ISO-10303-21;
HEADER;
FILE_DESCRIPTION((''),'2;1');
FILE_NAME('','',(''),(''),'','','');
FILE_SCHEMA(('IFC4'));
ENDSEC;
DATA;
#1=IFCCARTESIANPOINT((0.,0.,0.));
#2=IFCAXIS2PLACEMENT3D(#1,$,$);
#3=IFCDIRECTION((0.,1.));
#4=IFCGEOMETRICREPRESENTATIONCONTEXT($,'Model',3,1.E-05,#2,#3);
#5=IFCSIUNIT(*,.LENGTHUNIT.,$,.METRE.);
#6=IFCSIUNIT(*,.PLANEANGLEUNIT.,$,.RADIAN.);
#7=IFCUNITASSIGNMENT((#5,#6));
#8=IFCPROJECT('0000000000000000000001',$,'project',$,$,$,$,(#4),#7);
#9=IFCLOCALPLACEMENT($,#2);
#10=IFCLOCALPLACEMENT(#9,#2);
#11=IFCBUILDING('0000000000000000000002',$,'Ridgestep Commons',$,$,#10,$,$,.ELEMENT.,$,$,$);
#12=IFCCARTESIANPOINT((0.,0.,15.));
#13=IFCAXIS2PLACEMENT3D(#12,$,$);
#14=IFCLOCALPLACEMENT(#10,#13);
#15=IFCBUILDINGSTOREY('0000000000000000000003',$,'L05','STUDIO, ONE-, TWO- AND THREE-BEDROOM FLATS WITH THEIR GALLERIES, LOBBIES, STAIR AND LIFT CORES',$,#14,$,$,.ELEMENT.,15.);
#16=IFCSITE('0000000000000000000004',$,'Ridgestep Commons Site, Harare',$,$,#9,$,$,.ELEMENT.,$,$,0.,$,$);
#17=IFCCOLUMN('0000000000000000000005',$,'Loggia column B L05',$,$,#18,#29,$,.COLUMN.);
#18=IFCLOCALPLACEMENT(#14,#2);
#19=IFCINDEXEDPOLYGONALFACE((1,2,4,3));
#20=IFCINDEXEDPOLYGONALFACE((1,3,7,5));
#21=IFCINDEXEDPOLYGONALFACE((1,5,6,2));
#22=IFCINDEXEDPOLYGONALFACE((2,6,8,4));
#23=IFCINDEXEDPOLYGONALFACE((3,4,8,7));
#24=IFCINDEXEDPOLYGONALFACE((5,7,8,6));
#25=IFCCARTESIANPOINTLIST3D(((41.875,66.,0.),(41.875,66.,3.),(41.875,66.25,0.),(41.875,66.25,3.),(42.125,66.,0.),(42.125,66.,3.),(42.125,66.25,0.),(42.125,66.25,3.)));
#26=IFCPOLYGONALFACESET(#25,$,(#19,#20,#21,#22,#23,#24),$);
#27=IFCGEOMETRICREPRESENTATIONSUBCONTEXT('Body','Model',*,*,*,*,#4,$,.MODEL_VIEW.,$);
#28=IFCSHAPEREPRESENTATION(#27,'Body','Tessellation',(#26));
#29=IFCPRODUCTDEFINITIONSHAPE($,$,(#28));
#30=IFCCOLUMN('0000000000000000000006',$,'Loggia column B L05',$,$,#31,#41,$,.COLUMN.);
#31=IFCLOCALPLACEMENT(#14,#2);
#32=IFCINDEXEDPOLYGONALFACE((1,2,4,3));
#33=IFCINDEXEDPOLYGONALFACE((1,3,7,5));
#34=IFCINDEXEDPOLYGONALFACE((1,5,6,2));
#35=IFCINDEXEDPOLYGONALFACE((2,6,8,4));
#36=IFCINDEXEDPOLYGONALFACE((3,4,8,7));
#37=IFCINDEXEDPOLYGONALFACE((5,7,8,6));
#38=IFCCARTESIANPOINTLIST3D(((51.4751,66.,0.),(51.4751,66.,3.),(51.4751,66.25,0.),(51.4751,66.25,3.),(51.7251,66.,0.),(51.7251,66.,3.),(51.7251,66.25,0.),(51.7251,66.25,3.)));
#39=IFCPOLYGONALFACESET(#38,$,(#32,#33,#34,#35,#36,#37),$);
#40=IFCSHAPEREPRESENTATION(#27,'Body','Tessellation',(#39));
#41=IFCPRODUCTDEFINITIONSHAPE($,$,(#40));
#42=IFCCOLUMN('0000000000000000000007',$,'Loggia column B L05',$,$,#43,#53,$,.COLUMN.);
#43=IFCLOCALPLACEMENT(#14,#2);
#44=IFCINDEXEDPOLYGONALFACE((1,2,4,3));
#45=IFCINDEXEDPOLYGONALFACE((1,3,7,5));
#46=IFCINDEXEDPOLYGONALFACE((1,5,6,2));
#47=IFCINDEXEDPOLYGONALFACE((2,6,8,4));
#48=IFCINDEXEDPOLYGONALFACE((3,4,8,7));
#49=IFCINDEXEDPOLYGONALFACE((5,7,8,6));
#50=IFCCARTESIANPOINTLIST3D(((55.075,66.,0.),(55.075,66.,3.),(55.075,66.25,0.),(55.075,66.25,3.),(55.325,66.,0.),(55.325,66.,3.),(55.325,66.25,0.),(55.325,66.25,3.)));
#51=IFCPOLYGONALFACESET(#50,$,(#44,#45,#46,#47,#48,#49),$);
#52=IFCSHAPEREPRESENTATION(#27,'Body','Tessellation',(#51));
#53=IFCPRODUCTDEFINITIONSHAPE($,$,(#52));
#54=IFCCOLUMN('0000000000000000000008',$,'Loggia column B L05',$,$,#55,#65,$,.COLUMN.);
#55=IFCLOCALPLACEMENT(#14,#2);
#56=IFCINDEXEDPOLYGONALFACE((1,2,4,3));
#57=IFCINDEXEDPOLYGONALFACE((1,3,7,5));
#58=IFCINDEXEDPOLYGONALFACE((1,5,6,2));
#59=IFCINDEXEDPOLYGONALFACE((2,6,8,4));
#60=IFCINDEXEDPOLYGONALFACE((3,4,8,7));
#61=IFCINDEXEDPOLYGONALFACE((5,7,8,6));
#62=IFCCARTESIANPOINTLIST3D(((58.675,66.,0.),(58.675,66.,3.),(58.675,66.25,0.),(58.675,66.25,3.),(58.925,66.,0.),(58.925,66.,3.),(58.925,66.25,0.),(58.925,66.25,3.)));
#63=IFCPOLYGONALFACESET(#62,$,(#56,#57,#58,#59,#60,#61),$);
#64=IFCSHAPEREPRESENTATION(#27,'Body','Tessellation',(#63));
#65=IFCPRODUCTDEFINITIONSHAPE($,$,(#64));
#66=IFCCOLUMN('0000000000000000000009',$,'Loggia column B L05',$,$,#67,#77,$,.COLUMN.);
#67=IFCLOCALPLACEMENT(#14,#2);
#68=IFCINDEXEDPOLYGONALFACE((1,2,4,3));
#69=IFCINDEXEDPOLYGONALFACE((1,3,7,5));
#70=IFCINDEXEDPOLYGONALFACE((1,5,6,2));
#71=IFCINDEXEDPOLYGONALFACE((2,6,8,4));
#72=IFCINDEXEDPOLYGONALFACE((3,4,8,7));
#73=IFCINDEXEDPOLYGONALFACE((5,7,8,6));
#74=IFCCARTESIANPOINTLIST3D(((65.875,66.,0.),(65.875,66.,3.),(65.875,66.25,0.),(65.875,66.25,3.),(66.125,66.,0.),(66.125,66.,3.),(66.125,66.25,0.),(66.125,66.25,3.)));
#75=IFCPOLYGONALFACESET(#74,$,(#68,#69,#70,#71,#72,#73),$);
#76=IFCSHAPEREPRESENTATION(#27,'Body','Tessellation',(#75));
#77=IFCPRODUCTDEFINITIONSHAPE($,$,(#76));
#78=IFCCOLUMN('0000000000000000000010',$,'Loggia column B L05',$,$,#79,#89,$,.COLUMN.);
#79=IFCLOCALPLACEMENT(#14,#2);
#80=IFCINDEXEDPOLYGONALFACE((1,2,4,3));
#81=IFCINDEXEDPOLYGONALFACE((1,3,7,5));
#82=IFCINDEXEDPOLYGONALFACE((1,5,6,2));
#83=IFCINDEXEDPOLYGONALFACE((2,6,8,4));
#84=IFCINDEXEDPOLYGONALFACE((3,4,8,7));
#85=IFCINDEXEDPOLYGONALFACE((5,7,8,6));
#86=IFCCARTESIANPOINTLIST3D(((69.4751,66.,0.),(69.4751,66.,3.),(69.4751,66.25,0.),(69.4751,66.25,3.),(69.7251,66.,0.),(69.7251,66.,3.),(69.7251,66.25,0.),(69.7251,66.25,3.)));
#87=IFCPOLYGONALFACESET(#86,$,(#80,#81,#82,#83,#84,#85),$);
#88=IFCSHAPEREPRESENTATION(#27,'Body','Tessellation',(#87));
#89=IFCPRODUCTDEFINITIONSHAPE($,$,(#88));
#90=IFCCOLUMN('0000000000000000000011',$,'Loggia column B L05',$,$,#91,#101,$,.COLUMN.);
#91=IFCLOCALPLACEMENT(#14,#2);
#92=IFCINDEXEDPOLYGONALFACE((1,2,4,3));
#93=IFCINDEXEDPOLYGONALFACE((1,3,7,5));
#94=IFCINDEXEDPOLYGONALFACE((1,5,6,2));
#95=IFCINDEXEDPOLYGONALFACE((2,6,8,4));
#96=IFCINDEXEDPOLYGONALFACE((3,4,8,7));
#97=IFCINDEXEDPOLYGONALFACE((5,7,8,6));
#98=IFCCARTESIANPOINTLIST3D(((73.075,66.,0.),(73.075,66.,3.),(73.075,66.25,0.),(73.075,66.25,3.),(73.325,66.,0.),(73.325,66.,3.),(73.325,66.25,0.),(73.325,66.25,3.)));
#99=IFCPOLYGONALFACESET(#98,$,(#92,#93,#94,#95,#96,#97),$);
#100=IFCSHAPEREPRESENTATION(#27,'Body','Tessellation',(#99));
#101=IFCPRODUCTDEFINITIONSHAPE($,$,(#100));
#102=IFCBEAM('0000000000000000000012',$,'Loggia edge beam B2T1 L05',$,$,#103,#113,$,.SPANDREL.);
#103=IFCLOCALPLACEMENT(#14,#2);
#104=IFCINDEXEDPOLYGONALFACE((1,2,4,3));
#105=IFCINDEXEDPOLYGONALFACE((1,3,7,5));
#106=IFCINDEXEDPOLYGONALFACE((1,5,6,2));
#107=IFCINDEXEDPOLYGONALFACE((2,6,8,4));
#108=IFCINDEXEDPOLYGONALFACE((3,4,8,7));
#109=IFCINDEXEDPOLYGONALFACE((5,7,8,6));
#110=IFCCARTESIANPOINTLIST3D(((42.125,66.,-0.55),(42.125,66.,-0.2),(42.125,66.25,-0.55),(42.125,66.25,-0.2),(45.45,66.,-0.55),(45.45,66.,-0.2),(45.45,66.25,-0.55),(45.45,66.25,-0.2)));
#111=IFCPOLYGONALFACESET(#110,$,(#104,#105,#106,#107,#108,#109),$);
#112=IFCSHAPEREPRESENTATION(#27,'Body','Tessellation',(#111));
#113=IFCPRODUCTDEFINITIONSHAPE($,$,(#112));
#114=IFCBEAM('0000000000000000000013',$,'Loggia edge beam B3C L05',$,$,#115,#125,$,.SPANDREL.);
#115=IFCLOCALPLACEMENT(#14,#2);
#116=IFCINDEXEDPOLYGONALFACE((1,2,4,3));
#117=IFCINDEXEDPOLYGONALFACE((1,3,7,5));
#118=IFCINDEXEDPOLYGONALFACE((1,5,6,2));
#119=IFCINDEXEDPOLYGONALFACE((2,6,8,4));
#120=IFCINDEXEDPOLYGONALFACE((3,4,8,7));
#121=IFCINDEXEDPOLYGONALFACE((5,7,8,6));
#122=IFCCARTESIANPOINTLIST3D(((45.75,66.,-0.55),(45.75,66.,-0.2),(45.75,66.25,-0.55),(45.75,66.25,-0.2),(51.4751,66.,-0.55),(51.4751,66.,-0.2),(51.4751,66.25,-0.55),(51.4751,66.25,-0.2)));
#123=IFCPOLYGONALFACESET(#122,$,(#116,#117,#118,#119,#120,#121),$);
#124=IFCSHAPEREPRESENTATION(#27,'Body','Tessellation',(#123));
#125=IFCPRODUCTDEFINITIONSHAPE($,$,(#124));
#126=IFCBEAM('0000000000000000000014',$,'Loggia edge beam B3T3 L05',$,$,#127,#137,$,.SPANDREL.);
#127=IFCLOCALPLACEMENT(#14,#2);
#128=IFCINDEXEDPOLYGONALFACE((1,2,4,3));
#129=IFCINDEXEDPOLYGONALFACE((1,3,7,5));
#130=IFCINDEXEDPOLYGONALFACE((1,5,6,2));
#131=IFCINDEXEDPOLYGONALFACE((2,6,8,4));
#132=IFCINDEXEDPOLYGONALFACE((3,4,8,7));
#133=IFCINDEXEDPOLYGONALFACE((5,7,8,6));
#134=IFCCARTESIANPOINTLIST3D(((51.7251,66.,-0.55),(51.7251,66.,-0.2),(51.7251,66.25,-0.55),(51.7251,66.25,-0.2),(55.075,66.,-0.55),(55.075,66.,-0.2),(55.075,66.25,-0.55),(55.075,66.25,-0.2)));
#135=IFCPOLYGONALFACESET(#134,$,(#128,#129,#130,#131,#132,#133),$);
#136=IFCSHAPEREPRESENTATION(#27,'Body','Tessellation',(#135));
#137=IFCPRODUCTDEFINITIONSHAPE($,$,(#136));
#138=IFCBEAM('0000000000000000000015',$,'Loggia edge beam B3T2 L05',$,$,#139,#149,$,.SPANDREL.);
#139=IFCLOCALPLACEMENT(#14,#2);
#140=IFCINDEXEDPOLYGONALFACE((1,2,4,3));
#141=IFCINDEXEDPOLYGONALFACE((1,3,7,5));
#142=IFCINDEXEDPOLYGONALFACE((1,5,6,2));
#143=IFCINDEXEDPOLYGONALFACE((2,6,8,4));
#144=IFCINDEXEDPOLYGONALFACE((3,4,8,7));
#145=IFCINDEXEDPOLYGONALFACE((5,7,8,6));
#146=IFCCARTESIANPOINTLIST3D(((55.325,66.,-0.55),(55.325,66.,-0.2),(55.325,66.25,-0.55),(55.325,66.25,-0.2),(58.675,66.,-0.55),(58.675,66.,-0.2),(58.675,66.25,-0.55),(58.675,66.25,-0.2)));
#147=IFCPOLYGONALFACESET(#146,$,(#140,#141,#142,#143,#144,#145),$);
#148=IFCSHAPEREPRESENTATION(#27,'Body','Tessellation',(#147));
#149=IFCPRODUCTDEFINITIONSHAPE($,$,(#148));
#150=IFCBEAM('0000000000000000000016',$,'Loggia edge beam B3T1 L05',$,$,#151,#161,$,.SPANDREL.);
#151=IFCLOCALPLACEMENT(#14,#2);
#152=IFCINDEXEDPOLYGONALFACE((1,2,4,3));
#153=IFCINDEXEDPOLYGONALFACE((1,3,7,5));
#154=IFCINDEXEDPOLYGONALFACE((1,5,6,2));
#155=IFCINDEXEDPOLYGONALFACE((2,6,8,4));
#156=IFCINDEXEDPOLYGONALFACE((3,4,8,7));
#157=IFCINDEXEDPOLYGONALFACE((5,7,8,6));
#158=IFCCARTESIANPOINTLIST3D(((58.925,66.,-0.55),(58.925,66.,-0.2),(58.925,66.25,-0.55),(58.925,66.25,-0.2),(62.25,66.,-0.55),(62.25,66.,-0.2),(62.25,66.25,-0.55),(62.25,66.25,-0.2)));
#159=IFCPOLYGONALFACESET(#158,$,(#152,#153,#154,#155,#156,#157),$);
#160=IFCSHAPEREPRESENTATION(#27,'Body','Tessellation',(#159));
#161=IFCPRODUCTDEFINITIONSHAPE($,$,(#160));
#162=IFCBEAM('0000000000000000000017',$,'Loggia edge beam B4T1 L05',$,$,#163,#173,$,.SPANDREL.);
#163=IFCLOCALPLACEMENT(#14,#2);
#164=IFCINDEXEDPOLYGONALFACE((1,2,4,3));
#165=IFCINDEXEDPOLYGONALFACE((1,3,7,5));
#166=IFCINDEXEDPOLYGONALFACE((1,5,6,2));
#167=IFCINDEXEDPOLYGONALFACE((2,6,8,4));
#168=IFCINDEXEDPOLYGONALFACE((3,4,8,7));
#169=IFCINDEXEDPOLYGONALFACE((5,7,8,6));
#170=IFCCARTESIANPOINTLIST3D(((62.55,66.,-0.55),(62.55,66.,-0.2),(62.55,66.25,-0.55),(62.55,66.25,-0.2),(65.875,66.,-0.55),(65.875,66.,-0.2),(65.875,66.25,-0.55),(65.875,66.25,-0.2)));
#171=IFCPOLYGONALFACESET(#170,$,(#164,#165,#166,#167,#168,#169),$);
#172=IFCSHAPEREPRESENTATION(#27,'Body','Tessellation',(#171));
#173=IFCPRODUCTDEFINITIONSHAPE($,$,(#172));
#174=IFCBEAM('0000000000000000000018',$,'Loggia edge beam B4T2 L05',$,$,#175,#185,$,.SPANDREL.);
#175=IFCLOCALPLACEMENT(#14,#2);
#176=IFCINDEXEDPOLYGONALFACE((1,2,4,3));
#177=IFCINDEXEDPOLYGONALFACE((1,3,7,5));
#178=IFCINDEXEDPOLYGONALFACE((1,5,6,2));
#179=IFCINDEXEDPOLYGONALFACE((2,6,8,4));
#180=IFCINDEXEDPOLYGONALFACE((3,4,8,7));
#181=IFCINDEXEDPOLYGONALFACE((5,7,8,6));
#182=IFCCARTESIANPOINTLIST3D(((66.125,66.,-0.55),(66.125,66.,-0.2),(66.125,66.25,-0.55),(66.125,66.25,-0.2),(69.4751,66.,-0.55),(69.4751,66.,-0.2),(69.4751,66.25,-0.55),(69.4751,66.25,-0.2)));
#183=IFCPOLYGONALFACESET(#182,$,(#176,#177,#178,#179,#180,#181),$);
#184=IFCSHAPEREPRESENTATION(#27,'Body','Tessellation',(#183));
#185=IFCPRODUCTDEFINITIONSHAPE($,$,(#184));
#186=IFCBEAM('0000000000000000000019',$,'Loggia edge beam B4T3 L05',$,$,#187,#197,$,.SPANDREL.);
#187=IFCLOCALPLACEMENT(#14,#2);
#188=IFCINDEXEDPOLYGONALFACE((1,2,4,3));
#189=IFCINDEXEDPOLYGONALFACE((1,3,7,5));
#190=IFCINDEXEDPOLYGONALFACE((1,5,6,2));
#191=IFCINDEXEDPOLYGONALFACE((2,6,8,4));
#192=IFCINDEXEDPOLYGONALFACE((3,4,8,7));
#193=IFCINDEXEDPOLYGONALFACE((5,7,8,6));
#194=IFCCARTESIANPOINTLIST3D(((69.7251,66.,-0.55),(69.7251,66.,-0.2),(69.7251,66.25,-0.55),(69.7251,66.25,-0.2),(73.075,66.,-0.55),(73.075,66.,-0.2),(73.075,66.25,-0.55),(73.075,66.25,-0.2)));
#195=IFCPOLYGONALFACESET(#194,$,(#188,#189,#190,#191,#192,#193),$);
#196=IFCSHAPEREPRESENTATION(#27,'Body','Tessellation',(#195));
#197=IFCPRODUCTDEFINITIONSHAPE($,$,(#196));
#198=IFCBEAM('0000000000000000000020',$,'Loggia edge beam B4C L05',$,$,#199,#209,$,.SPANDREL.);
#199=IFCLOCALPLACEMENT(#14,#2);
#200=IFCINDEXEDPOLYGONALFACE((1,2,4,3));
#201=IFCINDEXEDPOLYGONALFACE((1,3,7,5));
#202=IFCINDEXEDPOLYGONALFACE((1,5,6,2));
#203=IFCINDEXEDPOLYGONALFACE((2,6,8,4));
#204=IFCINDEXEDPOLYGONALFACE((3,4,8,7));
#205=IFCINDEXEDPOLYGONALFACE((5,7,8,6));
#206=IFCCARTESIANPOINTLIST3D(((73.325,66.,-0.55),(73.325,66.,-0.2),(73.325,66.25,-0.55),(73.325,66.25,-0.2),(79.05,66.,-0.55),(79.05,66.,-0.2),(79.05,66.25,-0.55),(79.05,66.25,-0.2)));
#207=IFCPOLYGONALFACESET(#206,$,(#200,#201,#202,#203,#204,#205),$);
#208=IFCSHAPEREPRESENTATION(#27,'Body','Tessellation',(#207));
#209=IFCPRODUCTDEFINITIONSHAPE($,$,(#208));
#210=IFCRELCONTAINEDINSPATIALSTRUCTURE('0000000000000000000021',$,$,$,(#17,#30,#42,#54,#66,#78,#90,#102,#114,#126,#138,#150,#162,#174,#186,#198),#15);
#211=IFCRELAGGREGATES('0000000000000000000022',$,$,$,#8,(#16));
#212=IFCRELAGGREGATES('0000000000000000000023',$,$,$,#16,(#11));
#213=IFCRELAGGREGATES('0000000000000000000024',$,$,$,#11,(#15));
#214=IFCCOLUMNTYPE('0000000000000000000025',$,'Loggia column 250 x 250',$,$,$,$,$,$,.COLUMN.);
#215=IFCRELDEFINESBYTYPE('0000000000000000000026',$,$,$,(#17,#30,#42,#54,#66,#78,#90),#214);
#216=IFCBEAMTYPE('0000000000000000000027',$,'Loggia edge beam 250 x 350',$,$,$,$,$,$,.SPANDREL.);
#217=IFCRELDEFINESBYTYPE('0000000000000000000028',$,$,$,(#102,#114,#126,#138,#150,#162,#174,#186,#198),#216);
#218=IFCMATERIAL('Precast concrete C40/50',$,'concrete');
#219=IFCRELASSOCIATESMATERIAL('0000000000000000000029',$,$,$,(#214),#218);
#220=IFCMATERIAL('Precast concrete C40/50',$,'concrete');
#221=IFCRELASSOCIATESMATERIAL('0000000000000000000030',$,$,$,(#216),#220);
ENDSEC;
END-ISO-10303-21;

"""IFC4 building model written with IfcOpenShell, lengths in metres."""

from ifc_helpers import new_model, si_unit, direction, frame, origin, origin_2d, place, context, subcontext, project, spatial, rectangle, extrude, material, material_profile, profile_set, type_object, element, save


model = new_model("IFC4")

# Units and contexts
model_context = context("Model", 3, precision=1e-05, world=origin(), true_north=direction((0.0, 1.0)))
body_context = subcontext(model_context, "Body", "Model", "MODEL_VIEW")
ifc_project = project(units=[si_unit("LENGTHUNIT", "METRE"), si_unit("PLANEANGLEUNIT", "RADIAN")], contexts=[model_context])

# Site, building, storey
site_placement = place(None, origin())
site = spatial("IfcSite", under=ifc_project, at=site_placement, Name="Ridgestep Commons Site, Harare", CompositionType="ELEMENT", RefElevation=0.0)
building_placement = place(site_placement, origin())
building = spatial("IfcBuilding", under=site, at=building_placement, Name="Ridgestep Commons", CompositionType="ELEMENT")
storey_placement = place(building_placement, frame((0.0, 0.0, 15.0)))
storey = spatial("IfcBuildingStorey", under=building, at=storey_placement, Name="L05", Description="STUDIO, ONE-, TWO- AND THREE-BEDROOM FLATS WITH THEIR GALLERIES, LOBBIES, STAIR AND LIFT CORES", CompositionType="ELEMENT", Elevation=15.0)

# Columns
ifc_material_1 = material(Name="Precast concrete C40/50", Category="concrete")
ifc_material_profile_1 = material_profile(ifc_material_1, rectangle(XDim=0.25, YDim=0.25, at=origin_2d()), Name="PC 250x250")
ifc_profile_set_1 = profile_set([ifc_material_profile_1], Name="Precast concrete C40/50")
column_type = type_object("IfcColumnType", Name="Loggia column 250 x 250", PredefinedType="COLUMN", material=ifc_profile_set_1)
for number, where, z_axis, x_axis, name in (
    (1, (42.0, 66.125, 0.0), (0.0, 0.0, 1.0), (1.0, 0.0, 0.0), "Loggia column B L05"),
    (2, (51.6001, 66.125, 0.0), (0.0, 0.0, 1.0), (1.0, 0.0, 0.0), "Loggia column B L05"),
    (3, (55.2, 66.125, 0.0), (0.0, 0.0, 1.0), (1.0, 0.0, 0.0), "Loggia column B L05"),
    (4, (58.8, 66.125, 0.0), (0.0, 0.0, 1.0), (1.0, 0.0, 0.0), "Loggia column B L05"),
    (5, (66.0, 66.125, 0.0), (0.0, 0.0, 1.0), (1.0, 0.0, 0.0), "Loggia column B L05"),
    (6, (69.6001, 66.125, 0.0), (0.0, 0.0, 1.0), (1.0, 0.0, 0.0), "Loggia column B L05"),
    (7, (73.2, 66.125, 0.0), (0.0, 0.0, 1.0), (1.0, 0.0, 0.0), "Loggia column B L05"),
):
    element("IfcColumn", number, at=place(storey_placement, frame(where, z_axis=z_axis, x_axis=x_axis)), inside=storey, type_object=column_type, Name=name, PredefinedType="COLUMN", context=body_context, shape_type="SweptSolid", body=[
        extrude(rectangle(XDim=0.25, YDim=0.25, at=origin_2d()), origin(), (0.0, 0.0, 1.0), 3.0),
    ])

# Beams
ifc_material_2 = material(Name="Precast concrete C40/50", Category="concrete")
ifc_material_profile_2 = material_profile(ifc_material_2, rectangle(XDim=0.25, YDim=0.3501, at=origin_2d()), Name="PC 250x350")
ifc_profile_set_2 = profile_set([ifc_material_profile_2], Name="Precast concrete C40/50")
beam_type_1 = type_object("IfcBeamType", Name="Loggia edge beam 250 x 350", PredefinedType="SPANDREL", material=ifc_profile_set_2)
beam_1_placement = place(storey_placement, frame((42.125, 66.125, -0.375), z_axis=(1.0, 0.0, 0.0), x_axis=(0.0, 1.0, 0.0)))
element("IfcBeam", 8, at=beam_1_placement, inside=storey, type_object=beam_type_1, Name="Loggia edge beam B2T1 L05", PredefinedType="SPANDREL", context=body_context, shape_type="SweptSolid", body=[
    extrude(rectangle(XDim=0.25, YDim=0.3501, at=origin_2d()), origin(), (0.0, 0.0, 1.0), 3.325),
])
beam_2_placement = place(storey_placement, frame((45.75, 66.125, -0.375), z_axis=(1.0, 0.0, 0.0), x_axis=(0.0, 1.0, 0.0)))
element("IfcBeam", 9, at=beam_2_placement, inside=storey, type_object=beam_type_1, Name="Loggia edge beam B3C L05", PredefinedType="SPANDREL", context=body_context, shape_type="SweptSolid", body=[
    extrude(rectangle(XDim=0.25, YDim=0.3501, at=origin_2d()), origin(), (0.0, 0.0, 1.0), 5.7251),
])
beam_3_placement = place(storey_placement, frame((51.7251, 66.125, -0.375), z_axis=(1.0, 0.0, 0.0), x_axis=(0.0, 1.0, 0.0)))
element("IfcBeam", 10, at=beam_3_placement, inside=storey, type_object=beam_type_1, Name="Loggia edge beam B3T3 L05", PredefinedType="SPANDREL", context=body_context, shape_type="SweptSolid", body=[
    extrude(rectangle(XDim=0.25, YDim=0.3501, at=origin_2d()), origin(), (0.0, 0.0, 1.0), 3.3499),
])
beam_4_placement = place(storey_placement, frame((55.325, 66.125, -0.375), z_axis=(1.0, 0.0, 0.0), x_axis=(0.0, 1.0, 0.0)))
element("IfcBeam", 11, at=beam_4_placement, inside=storey, type_object=beam_type_1, Name="Loggia edge beam B3T2 L05", PredefinedType="SPANDREL", context=body_context, shape_type="SweptSolid", body=[
    extrude(rectangle(XDim=0.25, YDim=0.3501, at=origin_2d()), origin(), (0.0, 0.0, 1.0), 3.3501),
])
for number, where, z_axis, x_axis, name in (
    (12, (58.925, 66.125, -0.375), (1.0, 0.0, 0.0), (0.0, 1.0, 0.0), "Loggia edge beam B3T1 L05"),
    (13, (62.55, 66.125, -0.375), (1.0, 0.0, 0.0), (0.0, 1.0, 0.0), "Loggia edge beam B4T1 L05"),
):
    element("IfcBeam", number, at=place(storey_placement, frame(where, z_axis=z_axis, x_axis=x_axis)), inside=storey, type_object=beam_type_1, Name=name, PredefinedType="SPANDREL", context=body_context, shape_type="SweptSolid", body=[
        extrude(rectangle(XDim=0.25, YDim=0.3501, at=origin_2d()), origin(), (0.0, 0.0, 1.0), 3.325),
    ])
beam_5_placement = place(storey_placement, frame((66.125, 66.125, -0.375), z_axis=(1.0, 0.0, 0.0), x_axis=(0.0, 1.0, 0.0)))
element("IfcBeam", 14, at=beam_5_placement, inside=storey, type_object=beam_type_1, Name="Loggia edge beam B4T2 L05", PredefinedType="SPANDREL", context=body_context, shape_type="SweptSolid", body=[
    extrude(rectangle(XDim=0.25, YDim=0.3501, at=origin_2d()), origin(), (0.0, 0.0, 1.0), 3.3501),
])
beam_6_placement = place(storey_placement, frame((69.7251, 66.125, -0.375), z_axis=(1.0, 0.0, 0.0), x_axis=(0.0, 1.0, 0.0)))
element("IfcBeam", 15, at=beam_6_placement, inside=storey, type_object=beam_type_1, Name="Loggia edge beam B4T3 L05", PredefinedType="SPANDREL", context=body_context, shape_type="SweptSolid", body=[
    extrude(rectangle(XDim=0.25, YDim=0.3501, at=origin_2d()), origin(), (0.0, 0.0, 1.0), 3.3499),
])
beam_7_placement = place(storey_placement, frame((73.325, 66.125, -0.375), z_axis=(1.0, 0.0, 0.0), x_axis=(0.0, 1.0, 0.0)))
element("IfcBeam", 16, at=beam_7_placement, inside=storey, type_object=beam_type_1, Name="Loggia edge beam B4C L05", PredefinedType="SPANDREL", context=body_context, shape_type="SweptSolid", body=[
    extrude(rectangle(XDim=0.25, YDim=0.3501, at=origin_2d()), origin(), (0.0, 0.0, 1.0), 5.7251),
])

save(model, "model.ifc")
